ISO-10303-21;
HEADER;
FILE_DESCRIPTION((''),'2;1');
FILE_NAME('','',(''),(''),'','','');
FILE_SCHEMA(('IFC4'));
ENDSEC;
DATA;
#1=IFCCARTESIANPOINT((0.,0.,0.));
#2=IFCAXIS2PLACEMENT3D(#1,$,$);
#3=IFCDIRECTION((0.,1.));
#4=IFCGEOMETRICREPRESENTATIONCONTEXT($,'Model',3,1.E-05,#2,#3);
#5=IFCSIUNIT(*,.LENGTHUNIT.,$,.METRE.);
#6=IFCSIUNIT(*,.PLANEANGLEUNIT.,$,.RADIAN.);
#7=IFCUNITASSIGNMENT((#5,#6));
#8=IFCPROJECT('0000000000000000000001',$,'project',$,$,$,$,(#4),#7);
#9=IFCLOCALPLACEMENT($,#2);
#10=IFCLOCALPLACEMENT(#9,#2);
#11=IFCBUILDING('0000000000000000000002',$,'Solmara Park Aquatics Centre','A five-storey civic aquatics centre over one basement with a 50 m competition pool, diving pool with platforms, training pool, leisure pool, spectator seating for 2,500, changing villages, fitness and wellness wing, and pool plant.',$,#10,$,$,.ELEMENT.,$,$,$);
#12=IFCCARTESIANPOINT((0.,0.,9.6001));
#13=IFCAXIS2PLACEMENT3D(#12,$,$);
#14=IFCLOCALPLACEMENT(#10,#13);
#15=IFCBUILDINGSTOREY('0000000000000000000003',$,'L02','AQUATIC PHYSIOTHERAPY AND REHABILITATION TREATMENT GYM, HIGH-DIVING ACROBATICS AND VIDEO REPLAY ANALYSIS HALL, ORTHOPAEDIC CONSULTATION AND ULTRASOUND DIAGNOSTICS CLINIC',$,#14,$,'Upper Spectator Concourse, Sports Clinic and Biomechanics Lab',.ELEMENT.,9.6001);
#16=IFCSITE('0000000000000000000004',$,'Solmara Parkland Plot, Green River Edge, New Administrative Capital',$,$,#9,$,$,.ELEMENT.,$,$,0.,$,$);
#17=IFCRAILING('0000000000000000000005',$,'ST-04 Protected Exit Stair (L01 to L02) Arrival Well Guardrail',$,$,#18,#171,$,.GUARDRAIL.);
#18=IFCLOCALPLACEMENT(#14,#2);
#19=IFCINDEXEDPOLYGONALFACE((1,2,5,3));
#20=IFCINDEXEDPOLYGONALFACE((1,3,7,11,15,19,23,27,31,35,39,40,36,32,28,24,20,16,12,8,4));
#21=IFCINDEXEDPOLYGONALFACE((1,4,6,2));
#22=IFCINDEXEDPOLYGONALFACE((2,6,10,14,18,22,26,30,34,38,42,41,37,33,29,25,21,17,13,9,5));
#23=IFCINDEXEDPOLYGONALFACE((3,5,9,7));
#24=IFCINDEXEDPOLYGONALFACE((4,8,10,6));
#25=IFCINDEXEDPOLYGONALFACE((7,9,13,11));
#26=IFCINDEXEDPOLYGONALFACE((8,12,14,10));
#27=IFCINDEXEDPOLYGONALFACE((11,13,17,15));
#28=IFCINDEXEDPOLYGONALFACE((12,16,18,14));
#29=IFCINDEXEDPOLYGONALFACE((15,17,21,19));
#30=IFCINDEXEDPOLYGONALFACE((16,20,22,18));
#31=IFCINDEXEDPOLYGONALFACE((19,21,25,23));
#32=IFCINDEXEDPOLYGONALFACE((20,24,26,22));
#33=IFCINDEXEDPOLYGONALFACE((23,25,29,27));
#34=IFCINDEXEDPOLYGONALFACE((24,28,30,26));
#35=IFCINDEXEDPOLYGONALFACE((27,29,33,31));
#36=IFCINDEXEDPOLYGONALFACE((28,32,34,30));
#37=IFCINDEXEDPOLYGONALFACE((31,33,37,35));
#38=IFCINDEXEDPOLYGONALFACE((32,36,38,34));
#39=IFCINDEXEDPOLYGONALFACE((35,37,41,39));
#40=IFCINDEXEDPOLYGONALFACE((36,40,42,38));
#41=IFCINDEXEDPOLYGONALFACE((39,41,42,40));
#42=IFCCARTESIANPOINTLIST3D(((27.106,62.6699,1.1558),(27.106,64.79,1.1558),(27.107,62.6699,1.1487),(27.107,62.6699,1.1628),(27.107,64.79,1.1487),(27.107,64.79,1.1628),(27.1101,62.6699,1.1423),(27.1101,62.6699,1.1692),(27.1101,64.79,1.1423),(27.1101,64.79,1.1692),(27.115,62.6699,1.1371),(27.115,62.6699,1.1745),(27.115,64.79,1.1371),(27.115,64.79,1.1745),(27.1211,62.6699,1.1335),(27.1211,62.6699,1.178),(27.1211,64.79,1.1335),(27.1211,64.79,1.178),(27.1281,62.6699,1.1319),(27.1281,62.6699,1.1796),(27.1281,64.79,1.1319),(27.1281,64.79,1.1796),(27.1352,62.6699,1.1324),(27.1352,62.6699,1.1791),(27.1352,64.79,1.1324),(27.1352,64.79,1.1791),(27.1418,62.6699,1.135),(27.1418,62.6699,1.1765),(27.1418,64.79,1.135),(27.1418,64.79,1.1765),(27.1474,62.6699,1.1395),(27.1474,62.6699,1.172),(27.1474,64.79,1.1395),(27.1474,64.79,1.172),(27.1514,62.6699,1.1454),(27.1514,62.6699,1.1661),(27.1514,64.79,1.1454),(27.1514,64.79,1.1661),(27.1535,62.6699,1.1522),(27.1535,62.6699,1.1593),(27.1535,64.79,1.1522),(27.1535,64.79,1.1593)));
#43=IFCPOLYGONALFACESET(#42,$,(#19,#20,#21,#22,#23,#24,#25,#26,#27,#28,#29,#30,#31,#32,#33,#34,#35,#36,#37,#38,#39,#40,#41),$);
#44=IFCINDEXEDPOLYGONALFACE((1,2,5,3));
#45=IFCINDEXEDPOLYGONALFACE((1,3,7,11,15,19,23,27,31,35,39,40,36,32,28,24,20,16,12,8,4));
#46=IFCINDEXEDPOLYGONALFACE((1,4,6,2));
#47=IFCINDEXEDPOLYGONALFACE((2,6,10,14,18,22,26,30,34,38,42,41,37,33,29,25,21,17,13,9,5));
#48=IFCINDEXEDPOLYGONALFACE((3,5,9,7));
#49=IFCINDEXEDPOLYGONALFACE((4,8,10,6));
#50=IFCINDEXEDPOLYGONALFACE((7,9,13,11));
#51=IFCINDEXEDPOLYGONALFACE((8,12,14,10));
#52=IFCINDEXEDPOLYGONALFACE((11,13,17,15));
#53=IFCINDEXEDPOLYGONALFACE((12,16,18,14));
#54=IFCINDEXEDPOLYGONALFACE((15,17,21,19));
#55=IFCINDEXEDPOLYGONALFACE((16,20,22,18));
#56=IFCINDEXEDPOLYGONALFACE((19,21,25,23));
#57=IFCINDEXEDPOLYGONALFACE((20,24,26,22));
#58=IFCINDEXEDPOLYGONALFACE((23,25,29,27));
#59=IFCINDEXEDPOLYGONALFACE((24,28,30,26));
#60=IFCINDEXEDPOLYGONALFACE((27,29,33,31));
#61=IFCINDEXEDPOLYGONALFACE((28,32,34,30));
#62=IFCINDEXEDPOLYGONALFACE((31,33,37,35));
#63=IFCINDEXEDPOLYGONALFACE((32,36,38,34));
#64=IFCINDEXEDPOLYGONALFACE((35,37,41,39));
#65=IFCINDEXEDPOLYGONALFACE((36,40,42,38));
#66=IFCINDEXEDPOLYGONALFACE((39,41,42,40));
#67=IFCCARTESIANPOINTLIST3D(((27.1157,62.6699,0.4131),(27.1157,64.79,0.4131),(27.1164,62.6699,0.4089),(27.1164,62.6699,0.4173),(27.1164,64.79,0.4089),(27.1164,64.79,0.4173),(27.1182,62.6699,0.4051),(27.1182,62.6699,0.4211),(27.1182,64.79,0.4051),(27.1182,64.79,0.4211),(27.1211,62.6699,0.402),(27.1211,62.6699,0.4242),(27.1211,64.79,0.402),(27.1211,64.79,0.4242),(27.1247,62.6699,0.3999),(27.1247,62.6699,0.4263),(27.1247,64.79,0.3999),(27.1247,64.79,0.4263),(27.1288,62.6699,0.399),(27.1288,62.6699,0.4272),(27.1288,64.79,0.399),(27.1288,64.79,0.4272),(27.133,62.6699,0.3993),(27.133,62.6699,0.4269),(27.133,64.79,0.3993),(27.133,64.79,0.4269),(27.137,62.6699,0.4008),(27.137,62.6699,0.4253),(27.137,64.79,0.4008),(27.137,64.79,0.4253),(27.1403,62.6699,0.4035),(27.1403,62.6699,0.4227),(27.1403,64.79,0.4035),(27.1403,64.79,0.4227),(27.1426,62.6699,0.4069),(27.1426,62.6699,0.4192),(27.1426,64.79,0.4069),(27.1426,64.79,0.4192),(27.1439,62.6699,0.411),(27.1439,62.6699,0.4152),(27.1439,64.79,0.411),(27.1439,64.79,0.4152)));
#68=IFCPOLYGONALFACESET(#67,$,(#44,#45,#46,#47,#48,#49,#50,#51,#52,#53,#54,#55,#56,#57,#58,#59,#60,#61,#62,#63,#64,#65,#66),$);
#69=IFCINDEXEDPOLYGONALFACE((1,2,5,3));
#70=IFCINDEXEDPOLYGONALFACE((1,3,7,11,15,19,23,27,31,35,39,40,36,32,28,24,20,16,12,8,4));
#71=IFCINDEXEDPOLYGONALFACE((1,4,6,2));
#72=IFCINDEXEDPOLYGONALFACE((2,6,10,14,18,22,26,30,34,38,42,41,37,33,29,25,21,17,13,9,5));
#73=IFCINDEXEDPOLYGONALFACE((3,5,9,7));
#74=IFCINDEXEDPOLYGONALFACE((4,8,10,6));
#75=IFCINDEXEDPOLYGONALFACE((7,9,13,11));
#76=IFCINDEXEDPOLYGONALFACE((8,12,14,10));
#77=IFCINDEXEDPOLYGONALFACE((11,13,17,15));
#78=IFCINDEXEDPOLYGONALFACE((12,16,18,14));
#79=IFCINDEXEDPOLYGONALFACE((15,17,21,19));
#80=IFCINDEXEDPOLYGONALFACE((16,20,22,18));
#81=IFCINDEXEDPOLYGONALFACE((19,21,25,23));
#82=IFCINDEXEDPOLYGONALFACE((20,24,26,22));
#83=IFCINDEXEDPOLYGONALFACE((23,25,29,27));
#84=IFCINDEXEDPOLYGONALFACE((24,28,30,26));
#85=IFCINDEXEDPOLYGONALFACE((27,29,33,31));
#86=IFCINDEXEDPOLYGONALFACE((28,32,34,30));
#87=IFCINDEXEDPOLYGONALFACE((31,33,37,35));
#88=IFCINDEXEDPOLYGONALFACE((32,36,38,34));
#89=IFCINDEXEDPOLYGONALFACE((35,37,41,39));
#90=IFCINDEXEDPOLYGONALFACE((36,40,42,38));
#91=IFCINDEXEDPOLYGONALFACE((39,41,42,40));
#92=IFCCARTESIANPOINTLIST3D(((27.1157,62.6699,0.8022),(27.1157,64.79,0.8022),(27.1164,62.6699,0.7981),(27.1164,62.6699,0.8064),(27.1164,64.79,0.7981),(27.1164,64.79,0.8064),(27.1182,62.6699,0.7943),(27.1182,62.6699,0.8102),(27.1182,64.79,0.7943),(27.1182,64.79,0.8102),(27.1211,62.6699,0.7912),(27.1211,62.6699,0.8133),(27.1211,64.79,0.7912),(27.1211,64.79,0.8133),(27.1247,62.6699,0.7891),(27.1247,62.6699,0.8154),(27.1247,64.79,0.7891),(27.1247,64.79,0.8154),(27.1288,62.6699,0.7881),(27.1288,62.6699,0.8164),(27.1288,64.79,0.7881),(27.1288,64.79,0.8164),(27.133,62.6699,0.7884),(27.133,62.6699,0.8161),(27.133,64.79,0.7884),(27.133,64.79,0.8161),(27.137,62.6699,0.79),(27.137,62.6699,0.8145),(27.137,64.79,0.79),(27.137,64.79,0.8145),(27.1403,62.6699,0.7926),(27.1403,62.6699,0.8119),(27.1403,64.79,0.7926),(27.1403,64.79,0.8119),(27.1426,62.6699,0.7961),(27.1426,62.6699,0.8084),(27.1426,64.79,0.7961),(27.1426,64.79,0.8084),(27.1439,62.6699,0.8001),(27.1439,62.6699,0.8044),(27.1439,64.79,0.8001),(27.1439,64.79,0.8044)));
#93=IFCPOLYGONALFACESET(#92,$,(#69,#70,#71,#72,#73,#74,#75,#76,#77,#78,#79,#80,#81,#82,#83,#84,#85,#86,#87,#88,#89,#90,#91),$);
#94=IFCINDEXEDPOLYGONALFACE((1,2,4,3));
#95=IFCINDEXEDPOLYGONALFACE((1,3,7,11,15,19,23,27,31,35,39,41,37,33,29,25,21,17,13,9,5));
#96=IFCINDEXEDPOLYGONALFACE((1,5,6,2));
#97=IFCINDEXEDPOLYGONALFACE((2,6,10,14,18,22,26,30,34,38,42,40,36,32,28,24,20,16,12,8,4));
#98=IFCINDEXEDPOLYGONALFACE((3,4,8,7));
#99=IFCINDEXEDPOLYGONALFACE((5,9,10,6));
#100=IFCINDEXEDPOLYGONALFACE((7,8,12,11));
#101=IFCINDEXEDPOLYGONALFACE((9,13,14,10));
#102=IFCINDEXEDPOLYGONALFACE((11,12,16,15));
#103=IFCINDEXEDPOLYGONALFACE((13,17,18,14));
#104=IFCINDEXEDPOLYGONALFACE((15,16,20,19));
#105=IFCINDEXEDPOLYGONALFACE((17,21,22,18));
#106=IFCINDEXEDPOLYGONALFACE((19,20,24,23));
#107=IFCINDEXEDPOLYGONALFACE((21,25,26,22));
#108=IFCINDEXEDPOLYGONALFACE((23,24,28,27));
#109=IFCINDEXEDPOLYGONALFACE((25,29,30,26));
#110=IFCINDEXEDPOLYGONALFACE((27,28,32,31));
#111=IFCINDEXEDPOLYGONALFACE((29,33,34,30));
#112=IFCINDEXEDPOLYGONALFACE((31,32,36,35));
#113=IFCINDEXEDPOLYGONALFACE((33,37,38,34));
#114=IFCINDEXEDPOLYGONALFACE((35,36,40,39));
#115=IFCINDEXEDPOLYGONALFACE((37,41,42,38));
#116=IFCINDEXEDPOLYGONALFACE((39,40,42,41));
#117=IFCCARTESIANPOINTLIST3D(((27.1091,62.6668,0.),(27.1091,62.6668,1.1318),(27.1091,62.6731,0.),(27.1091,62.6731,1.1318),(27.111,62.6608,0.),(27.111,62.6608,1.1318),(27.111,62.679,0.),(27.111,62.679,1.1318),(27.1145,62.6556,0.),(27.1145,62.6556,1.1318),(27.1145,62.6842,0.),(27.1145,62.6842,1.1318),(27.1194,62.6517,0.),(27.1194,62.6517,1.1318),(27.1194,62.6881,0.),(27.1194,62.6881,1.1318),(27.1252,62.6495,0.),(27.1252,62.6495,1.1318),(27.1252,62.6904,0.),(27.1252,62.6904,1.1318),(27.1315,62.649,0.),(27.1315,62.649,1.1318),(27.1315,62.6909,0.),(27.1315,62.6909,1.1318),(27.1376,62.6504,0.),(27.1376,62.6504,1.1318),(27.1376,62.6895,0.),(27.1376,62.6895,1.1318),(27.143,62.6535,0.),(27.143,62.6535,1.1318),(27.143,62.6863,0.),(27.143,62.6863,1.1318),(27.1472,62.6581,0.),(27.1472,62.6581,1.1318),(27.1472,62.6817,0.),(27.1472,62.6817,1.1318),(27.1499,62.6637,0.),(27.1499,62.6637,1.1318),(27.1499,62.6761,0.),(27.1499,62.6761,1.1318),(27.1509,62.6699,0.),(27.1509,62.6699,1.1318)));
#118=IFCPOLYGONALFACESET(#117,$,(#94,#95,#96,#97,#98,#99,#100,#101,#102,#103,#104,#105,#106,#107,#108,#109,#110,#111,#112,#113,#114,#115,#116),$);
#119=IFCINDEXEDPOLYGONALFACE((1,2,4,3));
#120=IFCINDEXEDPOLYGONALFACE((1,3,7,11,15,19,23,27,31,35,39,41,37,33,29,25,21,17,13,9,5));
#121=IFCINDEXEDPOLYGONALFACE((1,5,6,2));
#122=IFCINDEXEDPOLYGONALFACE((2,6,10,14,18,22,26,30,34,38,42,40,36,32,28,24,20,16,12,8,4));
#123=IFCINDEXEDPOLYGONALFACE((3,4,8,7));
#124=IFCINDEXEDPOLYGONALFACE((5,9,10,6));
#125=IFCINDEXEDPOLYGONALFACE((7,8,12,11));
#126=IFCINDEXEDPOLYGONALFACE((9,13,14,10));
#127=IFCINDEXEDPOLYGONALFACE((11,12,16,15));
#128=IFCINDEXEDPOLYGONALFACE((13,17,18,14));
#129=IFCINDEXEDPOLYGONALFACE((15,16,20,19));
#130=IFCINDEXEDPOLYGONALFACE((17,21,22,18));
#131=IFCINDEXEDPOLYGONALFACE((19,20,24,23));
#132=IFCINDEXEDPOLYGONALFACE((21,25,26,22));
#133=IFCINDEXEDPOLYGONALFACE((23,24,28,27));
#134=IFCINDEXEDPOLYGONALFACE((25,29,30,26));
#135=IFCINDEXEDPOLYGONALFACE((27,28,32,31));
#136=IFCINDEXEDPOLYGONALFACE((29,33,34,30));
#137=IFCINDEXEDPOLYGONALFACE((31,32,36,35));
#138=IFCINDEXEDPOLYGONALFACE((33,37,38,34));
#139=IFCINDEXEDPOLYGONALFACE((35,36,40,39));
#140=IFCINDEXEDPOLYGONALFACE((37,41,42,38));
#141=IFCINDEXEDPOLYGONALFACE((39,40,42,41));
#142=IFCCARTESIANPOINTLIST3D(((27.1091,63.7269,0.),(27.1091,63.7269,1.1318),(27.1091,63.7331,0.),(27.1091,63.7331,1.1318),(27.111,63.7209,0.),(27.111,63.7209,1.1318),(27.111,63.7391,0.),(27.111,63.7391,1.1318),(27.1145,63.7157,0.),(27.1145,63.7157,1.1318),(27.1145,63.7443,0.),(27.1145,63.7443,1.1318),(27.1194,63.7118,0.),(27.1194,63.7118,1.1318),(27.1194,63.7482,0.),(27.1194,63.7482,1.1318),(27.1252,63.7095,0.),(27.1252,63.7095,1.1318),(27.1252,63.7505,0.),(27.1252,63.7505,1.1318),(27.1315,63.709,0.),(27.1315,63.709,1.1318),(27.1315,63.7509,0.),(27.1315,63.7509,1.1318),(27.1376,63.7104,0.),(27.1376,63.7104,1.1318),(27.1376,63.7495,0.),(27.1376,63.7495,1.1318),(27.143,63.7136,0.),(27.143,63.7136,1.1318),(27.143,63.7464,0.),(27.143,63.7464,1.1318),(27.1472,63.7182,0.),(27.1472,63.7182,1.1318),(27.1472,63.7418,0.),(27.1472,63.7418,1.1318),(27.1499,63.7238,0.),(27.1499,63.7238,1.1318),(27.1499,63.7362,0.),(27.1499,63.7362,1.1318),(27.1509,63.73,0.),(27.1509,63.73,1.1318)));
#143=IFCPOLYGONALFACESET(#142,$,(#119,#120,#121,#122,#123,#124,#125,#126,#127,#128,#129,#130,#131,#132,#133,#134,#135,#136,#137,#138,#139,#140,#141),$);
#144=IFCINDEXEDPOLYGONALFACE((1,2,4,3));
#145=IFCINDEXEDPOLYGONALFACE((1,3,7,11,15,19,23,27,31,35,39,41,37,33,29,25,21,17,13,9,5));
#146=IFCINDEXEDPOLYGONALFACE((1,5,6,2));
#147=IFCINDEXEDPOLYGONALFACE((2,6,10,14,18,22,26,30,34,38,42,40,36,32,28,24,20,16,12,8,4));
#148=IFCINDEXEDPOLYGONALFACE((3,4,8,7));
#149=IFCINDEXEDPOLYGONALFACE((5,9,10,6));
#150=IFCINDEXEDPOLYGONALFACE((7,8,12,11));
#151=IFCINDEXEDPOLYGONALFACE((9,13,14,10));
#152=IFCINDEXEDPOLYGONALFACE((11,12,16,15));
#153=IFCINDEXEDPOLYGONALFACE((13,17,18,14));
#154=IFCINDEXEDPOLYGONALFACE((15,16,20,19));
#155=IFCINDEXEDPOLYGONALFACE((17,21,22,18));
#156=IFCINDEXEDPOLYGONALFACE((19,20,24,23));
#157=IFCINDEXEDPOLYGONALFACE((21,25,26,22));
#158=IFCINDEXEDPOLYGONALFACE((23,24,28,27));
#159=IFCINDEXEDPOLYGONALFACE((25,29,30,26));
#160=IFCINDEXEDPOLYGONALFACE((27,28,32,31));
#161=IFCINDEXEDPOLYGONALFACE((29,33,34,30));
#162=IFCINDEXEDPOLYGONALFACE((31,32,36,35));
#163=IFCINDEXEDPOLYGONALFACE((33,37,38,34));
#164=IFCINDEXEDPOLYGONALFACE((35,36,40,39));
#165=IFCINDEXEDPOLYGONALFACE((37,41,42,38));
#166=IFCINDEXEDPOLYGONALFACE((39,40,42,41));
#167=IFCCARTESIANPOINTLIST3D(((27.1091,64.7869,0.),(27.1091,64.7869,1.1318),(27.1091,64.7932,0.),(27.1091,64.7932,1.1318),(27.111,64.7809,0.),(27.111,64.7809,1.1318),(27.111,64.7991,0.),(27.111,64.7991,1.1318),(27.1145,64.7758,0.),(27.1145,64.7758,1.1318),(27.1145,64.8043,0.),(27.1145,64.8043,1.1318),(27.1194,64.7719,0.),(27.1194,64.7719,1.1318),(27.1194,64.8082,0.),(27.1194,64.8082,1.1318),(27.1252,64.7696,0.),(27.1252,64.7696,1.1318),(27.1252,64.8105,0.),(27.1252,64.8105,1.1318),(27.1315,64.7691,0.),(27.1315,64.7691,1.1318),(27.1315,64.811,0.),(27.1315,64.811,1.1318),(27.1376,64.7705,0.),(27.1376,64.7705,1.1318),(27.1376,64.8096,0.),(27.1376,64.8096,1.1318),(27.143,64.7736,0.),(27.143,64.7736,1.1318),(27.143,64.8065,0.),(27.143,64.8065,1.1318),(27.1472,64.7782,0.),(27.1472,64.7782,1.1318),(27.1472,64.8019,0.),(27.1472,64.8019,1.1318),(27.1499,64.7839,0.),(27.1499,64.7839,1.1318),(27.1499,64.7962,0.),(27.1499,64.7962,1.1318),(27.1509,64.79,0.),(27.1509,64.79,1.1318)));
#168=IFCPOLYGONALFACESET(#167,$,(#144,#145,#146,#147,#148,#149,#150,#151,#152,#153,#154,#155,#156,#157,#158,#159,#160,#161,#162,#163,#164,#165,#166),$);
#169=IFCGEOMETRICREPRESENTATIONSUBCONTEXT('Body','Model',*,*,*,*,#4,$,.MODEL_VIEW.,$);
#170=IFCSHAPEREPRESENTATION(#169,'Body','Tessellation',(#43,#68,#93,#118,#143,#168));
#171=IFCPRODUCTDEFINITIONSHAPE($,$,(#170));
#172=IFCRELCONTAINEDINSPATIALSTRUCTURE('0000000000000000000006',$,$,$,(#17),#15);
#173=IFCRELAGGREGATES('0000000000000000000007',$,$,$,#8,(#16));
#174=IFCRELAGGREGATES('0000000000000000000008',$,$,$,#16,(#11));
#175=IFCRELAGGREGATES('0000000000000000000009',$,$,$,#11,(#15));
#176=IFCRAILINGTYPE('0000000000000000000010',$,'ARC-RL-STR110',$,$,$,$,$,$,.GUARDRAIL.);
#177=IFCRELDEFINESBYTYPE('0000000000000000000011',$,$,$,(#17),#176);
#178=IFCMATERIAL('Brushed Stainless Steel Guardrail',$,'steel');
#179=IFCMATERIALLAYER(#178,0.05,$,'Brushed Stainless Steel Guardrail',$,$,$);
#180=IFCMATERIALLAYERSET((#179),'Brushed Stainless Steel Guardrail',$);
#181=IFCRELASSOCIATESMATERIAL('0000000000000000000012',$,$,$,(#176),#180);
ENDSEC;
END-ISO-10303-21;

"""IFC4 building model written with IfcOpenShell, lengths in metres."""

from ifc_helpers import new_model, si_unit, direction, frame, origin, origin_2d, place, context, subcontext, project, spatial, circle, extrude, material, layer, layer_set, type_object, element, save


model = new_model("IFC4")

# Units and contexts
model_context = context("Model", 3, precision=1e-05, world=origin(), true_north=direction((0.0, 1.0)))
body_context = subcontext(model_context, "Body", "Model", "MODEL_VIEW")
ifc_project = project(units=[si_unit("LENGTHUNIT", "METRE"), si_unit("PLANEANGLEUNIT", "RADIAN")], contexts=[model_context])

# Site, building, storey
site_placement = place(None, origin())
site = spatial("IfcSite", under=ifc_project, at=site_placement, Name="Solmara Parkland Plot, Green River Edge, New Administrative Capital", CompositionType="ELEMENT", RefElevation=0.0)
building_placement = place(site_placement, origin())
building = spatial("IfcBuilding", under=site, at=building_placement, Name="Solmara Park Aquatics Centre", Description="A five-storey civic aquatics centre over one basement with a 50 m competition pool, diving pool with platforms, training pool, leisure pool, spectator seating for 2,500, changing villages, fitness and wellness wing, and pool plant.", CompositionType="ELEMENT")
storey_placement = place(building_placement, frame((0.0, 0.0, 9.6001)))
storey = spatial("IfcBuildingStorey", under=building, at=storey_placement, Name="L02", Description="AQUATIC PHYSIOTHERAPY AND REHABILITATION TREATMENT GYM, HIGH-DIVING ACROBATICS AND VIDEO REPLAY ANALYSIS HALL, ORTHOPAEDIC CONSULTATION AND ULTRASOUND DIAGNOSTICS CLINIC", LongName="Upper Spectator Concourse, Sports Clinic and Biomechanics Lab", CompositionType="ELEMENT", Elevation=9.6001)

# Railing
ifc_material_1 = material(Name="Brushed Stainless Steel Guardrail", Category="steel")
ifc_layer_1 = layer(ifc_material_1, 0.05, Name="Brushed Stainless Steel Guardrail")
ifc_layer_set_1 = layer_set([ifc_layer_1], Name="Brushed Stainless Steel Guardrail")
railing_type_1 = type_object("IfcRailingType", Name="ARC-RL-STR110", PredefinedType="GUARDRAIL", material=ifc_layer_set_1)
railing_1_placement = place(storey_placement, frame((27.1299, 62.6699, 0.0)))
element("IfcRailing", 1, at=railing_1_placement, inside=storey, type_object=railing_type_1, Name="ST-04 Protected Exit Stair (L01 to L02) Arrival Well Guardrail", PredefinedType="GUARDRAIL", context=body_context, shape_type="SweptSolid", body=[
    extrude(circle(Radius=0.0239, at=origin_2d()), frame((0.0, 0.0, 1.1558), z_axis=(0.0, 1.0, 0.0), x_axis=(-1.0, 0.0, 0.0)), (0.0, 0.0, 1.0), 2.1201),
    extrude(circle(Radius=0.0142, at=origin_2d()), frame((0.0, 0.0, 0.4131), z_axis=(0.0, 1.0, 0.0), x_axis=(-1.0, 0.0, 0.0)), (0.0, 0.0, 1.0), 2.1201),
    extrude(circle(Radius=0.0142, at=origin_2d()), frame((0.0, 0.0, 0.8022), z_axis=(0.0, 1.0, 0.0), x_axis=(-1.0, 0.0, 0.0)), (0.0, 0.0, 1.0), 2.1201),
    extrude(circle(Radius=0.021, at=origin_2d()), origin(), (0.0, 0.0, 1.0), 1.1318),
    extrude(circle(Radius=0.021, at=origin_2d()), frame((0.0, 1.0601, 0.0)), (0.0, 0.0, 1.0), 1.1318),
    extrude(circle(Radius=0.021, at=origin_2d()), frame((0.0, 2.1201, 0.0)), (0.0, 0.0, 1.0), 1.1318),
])

save(model, "model.ifc")
